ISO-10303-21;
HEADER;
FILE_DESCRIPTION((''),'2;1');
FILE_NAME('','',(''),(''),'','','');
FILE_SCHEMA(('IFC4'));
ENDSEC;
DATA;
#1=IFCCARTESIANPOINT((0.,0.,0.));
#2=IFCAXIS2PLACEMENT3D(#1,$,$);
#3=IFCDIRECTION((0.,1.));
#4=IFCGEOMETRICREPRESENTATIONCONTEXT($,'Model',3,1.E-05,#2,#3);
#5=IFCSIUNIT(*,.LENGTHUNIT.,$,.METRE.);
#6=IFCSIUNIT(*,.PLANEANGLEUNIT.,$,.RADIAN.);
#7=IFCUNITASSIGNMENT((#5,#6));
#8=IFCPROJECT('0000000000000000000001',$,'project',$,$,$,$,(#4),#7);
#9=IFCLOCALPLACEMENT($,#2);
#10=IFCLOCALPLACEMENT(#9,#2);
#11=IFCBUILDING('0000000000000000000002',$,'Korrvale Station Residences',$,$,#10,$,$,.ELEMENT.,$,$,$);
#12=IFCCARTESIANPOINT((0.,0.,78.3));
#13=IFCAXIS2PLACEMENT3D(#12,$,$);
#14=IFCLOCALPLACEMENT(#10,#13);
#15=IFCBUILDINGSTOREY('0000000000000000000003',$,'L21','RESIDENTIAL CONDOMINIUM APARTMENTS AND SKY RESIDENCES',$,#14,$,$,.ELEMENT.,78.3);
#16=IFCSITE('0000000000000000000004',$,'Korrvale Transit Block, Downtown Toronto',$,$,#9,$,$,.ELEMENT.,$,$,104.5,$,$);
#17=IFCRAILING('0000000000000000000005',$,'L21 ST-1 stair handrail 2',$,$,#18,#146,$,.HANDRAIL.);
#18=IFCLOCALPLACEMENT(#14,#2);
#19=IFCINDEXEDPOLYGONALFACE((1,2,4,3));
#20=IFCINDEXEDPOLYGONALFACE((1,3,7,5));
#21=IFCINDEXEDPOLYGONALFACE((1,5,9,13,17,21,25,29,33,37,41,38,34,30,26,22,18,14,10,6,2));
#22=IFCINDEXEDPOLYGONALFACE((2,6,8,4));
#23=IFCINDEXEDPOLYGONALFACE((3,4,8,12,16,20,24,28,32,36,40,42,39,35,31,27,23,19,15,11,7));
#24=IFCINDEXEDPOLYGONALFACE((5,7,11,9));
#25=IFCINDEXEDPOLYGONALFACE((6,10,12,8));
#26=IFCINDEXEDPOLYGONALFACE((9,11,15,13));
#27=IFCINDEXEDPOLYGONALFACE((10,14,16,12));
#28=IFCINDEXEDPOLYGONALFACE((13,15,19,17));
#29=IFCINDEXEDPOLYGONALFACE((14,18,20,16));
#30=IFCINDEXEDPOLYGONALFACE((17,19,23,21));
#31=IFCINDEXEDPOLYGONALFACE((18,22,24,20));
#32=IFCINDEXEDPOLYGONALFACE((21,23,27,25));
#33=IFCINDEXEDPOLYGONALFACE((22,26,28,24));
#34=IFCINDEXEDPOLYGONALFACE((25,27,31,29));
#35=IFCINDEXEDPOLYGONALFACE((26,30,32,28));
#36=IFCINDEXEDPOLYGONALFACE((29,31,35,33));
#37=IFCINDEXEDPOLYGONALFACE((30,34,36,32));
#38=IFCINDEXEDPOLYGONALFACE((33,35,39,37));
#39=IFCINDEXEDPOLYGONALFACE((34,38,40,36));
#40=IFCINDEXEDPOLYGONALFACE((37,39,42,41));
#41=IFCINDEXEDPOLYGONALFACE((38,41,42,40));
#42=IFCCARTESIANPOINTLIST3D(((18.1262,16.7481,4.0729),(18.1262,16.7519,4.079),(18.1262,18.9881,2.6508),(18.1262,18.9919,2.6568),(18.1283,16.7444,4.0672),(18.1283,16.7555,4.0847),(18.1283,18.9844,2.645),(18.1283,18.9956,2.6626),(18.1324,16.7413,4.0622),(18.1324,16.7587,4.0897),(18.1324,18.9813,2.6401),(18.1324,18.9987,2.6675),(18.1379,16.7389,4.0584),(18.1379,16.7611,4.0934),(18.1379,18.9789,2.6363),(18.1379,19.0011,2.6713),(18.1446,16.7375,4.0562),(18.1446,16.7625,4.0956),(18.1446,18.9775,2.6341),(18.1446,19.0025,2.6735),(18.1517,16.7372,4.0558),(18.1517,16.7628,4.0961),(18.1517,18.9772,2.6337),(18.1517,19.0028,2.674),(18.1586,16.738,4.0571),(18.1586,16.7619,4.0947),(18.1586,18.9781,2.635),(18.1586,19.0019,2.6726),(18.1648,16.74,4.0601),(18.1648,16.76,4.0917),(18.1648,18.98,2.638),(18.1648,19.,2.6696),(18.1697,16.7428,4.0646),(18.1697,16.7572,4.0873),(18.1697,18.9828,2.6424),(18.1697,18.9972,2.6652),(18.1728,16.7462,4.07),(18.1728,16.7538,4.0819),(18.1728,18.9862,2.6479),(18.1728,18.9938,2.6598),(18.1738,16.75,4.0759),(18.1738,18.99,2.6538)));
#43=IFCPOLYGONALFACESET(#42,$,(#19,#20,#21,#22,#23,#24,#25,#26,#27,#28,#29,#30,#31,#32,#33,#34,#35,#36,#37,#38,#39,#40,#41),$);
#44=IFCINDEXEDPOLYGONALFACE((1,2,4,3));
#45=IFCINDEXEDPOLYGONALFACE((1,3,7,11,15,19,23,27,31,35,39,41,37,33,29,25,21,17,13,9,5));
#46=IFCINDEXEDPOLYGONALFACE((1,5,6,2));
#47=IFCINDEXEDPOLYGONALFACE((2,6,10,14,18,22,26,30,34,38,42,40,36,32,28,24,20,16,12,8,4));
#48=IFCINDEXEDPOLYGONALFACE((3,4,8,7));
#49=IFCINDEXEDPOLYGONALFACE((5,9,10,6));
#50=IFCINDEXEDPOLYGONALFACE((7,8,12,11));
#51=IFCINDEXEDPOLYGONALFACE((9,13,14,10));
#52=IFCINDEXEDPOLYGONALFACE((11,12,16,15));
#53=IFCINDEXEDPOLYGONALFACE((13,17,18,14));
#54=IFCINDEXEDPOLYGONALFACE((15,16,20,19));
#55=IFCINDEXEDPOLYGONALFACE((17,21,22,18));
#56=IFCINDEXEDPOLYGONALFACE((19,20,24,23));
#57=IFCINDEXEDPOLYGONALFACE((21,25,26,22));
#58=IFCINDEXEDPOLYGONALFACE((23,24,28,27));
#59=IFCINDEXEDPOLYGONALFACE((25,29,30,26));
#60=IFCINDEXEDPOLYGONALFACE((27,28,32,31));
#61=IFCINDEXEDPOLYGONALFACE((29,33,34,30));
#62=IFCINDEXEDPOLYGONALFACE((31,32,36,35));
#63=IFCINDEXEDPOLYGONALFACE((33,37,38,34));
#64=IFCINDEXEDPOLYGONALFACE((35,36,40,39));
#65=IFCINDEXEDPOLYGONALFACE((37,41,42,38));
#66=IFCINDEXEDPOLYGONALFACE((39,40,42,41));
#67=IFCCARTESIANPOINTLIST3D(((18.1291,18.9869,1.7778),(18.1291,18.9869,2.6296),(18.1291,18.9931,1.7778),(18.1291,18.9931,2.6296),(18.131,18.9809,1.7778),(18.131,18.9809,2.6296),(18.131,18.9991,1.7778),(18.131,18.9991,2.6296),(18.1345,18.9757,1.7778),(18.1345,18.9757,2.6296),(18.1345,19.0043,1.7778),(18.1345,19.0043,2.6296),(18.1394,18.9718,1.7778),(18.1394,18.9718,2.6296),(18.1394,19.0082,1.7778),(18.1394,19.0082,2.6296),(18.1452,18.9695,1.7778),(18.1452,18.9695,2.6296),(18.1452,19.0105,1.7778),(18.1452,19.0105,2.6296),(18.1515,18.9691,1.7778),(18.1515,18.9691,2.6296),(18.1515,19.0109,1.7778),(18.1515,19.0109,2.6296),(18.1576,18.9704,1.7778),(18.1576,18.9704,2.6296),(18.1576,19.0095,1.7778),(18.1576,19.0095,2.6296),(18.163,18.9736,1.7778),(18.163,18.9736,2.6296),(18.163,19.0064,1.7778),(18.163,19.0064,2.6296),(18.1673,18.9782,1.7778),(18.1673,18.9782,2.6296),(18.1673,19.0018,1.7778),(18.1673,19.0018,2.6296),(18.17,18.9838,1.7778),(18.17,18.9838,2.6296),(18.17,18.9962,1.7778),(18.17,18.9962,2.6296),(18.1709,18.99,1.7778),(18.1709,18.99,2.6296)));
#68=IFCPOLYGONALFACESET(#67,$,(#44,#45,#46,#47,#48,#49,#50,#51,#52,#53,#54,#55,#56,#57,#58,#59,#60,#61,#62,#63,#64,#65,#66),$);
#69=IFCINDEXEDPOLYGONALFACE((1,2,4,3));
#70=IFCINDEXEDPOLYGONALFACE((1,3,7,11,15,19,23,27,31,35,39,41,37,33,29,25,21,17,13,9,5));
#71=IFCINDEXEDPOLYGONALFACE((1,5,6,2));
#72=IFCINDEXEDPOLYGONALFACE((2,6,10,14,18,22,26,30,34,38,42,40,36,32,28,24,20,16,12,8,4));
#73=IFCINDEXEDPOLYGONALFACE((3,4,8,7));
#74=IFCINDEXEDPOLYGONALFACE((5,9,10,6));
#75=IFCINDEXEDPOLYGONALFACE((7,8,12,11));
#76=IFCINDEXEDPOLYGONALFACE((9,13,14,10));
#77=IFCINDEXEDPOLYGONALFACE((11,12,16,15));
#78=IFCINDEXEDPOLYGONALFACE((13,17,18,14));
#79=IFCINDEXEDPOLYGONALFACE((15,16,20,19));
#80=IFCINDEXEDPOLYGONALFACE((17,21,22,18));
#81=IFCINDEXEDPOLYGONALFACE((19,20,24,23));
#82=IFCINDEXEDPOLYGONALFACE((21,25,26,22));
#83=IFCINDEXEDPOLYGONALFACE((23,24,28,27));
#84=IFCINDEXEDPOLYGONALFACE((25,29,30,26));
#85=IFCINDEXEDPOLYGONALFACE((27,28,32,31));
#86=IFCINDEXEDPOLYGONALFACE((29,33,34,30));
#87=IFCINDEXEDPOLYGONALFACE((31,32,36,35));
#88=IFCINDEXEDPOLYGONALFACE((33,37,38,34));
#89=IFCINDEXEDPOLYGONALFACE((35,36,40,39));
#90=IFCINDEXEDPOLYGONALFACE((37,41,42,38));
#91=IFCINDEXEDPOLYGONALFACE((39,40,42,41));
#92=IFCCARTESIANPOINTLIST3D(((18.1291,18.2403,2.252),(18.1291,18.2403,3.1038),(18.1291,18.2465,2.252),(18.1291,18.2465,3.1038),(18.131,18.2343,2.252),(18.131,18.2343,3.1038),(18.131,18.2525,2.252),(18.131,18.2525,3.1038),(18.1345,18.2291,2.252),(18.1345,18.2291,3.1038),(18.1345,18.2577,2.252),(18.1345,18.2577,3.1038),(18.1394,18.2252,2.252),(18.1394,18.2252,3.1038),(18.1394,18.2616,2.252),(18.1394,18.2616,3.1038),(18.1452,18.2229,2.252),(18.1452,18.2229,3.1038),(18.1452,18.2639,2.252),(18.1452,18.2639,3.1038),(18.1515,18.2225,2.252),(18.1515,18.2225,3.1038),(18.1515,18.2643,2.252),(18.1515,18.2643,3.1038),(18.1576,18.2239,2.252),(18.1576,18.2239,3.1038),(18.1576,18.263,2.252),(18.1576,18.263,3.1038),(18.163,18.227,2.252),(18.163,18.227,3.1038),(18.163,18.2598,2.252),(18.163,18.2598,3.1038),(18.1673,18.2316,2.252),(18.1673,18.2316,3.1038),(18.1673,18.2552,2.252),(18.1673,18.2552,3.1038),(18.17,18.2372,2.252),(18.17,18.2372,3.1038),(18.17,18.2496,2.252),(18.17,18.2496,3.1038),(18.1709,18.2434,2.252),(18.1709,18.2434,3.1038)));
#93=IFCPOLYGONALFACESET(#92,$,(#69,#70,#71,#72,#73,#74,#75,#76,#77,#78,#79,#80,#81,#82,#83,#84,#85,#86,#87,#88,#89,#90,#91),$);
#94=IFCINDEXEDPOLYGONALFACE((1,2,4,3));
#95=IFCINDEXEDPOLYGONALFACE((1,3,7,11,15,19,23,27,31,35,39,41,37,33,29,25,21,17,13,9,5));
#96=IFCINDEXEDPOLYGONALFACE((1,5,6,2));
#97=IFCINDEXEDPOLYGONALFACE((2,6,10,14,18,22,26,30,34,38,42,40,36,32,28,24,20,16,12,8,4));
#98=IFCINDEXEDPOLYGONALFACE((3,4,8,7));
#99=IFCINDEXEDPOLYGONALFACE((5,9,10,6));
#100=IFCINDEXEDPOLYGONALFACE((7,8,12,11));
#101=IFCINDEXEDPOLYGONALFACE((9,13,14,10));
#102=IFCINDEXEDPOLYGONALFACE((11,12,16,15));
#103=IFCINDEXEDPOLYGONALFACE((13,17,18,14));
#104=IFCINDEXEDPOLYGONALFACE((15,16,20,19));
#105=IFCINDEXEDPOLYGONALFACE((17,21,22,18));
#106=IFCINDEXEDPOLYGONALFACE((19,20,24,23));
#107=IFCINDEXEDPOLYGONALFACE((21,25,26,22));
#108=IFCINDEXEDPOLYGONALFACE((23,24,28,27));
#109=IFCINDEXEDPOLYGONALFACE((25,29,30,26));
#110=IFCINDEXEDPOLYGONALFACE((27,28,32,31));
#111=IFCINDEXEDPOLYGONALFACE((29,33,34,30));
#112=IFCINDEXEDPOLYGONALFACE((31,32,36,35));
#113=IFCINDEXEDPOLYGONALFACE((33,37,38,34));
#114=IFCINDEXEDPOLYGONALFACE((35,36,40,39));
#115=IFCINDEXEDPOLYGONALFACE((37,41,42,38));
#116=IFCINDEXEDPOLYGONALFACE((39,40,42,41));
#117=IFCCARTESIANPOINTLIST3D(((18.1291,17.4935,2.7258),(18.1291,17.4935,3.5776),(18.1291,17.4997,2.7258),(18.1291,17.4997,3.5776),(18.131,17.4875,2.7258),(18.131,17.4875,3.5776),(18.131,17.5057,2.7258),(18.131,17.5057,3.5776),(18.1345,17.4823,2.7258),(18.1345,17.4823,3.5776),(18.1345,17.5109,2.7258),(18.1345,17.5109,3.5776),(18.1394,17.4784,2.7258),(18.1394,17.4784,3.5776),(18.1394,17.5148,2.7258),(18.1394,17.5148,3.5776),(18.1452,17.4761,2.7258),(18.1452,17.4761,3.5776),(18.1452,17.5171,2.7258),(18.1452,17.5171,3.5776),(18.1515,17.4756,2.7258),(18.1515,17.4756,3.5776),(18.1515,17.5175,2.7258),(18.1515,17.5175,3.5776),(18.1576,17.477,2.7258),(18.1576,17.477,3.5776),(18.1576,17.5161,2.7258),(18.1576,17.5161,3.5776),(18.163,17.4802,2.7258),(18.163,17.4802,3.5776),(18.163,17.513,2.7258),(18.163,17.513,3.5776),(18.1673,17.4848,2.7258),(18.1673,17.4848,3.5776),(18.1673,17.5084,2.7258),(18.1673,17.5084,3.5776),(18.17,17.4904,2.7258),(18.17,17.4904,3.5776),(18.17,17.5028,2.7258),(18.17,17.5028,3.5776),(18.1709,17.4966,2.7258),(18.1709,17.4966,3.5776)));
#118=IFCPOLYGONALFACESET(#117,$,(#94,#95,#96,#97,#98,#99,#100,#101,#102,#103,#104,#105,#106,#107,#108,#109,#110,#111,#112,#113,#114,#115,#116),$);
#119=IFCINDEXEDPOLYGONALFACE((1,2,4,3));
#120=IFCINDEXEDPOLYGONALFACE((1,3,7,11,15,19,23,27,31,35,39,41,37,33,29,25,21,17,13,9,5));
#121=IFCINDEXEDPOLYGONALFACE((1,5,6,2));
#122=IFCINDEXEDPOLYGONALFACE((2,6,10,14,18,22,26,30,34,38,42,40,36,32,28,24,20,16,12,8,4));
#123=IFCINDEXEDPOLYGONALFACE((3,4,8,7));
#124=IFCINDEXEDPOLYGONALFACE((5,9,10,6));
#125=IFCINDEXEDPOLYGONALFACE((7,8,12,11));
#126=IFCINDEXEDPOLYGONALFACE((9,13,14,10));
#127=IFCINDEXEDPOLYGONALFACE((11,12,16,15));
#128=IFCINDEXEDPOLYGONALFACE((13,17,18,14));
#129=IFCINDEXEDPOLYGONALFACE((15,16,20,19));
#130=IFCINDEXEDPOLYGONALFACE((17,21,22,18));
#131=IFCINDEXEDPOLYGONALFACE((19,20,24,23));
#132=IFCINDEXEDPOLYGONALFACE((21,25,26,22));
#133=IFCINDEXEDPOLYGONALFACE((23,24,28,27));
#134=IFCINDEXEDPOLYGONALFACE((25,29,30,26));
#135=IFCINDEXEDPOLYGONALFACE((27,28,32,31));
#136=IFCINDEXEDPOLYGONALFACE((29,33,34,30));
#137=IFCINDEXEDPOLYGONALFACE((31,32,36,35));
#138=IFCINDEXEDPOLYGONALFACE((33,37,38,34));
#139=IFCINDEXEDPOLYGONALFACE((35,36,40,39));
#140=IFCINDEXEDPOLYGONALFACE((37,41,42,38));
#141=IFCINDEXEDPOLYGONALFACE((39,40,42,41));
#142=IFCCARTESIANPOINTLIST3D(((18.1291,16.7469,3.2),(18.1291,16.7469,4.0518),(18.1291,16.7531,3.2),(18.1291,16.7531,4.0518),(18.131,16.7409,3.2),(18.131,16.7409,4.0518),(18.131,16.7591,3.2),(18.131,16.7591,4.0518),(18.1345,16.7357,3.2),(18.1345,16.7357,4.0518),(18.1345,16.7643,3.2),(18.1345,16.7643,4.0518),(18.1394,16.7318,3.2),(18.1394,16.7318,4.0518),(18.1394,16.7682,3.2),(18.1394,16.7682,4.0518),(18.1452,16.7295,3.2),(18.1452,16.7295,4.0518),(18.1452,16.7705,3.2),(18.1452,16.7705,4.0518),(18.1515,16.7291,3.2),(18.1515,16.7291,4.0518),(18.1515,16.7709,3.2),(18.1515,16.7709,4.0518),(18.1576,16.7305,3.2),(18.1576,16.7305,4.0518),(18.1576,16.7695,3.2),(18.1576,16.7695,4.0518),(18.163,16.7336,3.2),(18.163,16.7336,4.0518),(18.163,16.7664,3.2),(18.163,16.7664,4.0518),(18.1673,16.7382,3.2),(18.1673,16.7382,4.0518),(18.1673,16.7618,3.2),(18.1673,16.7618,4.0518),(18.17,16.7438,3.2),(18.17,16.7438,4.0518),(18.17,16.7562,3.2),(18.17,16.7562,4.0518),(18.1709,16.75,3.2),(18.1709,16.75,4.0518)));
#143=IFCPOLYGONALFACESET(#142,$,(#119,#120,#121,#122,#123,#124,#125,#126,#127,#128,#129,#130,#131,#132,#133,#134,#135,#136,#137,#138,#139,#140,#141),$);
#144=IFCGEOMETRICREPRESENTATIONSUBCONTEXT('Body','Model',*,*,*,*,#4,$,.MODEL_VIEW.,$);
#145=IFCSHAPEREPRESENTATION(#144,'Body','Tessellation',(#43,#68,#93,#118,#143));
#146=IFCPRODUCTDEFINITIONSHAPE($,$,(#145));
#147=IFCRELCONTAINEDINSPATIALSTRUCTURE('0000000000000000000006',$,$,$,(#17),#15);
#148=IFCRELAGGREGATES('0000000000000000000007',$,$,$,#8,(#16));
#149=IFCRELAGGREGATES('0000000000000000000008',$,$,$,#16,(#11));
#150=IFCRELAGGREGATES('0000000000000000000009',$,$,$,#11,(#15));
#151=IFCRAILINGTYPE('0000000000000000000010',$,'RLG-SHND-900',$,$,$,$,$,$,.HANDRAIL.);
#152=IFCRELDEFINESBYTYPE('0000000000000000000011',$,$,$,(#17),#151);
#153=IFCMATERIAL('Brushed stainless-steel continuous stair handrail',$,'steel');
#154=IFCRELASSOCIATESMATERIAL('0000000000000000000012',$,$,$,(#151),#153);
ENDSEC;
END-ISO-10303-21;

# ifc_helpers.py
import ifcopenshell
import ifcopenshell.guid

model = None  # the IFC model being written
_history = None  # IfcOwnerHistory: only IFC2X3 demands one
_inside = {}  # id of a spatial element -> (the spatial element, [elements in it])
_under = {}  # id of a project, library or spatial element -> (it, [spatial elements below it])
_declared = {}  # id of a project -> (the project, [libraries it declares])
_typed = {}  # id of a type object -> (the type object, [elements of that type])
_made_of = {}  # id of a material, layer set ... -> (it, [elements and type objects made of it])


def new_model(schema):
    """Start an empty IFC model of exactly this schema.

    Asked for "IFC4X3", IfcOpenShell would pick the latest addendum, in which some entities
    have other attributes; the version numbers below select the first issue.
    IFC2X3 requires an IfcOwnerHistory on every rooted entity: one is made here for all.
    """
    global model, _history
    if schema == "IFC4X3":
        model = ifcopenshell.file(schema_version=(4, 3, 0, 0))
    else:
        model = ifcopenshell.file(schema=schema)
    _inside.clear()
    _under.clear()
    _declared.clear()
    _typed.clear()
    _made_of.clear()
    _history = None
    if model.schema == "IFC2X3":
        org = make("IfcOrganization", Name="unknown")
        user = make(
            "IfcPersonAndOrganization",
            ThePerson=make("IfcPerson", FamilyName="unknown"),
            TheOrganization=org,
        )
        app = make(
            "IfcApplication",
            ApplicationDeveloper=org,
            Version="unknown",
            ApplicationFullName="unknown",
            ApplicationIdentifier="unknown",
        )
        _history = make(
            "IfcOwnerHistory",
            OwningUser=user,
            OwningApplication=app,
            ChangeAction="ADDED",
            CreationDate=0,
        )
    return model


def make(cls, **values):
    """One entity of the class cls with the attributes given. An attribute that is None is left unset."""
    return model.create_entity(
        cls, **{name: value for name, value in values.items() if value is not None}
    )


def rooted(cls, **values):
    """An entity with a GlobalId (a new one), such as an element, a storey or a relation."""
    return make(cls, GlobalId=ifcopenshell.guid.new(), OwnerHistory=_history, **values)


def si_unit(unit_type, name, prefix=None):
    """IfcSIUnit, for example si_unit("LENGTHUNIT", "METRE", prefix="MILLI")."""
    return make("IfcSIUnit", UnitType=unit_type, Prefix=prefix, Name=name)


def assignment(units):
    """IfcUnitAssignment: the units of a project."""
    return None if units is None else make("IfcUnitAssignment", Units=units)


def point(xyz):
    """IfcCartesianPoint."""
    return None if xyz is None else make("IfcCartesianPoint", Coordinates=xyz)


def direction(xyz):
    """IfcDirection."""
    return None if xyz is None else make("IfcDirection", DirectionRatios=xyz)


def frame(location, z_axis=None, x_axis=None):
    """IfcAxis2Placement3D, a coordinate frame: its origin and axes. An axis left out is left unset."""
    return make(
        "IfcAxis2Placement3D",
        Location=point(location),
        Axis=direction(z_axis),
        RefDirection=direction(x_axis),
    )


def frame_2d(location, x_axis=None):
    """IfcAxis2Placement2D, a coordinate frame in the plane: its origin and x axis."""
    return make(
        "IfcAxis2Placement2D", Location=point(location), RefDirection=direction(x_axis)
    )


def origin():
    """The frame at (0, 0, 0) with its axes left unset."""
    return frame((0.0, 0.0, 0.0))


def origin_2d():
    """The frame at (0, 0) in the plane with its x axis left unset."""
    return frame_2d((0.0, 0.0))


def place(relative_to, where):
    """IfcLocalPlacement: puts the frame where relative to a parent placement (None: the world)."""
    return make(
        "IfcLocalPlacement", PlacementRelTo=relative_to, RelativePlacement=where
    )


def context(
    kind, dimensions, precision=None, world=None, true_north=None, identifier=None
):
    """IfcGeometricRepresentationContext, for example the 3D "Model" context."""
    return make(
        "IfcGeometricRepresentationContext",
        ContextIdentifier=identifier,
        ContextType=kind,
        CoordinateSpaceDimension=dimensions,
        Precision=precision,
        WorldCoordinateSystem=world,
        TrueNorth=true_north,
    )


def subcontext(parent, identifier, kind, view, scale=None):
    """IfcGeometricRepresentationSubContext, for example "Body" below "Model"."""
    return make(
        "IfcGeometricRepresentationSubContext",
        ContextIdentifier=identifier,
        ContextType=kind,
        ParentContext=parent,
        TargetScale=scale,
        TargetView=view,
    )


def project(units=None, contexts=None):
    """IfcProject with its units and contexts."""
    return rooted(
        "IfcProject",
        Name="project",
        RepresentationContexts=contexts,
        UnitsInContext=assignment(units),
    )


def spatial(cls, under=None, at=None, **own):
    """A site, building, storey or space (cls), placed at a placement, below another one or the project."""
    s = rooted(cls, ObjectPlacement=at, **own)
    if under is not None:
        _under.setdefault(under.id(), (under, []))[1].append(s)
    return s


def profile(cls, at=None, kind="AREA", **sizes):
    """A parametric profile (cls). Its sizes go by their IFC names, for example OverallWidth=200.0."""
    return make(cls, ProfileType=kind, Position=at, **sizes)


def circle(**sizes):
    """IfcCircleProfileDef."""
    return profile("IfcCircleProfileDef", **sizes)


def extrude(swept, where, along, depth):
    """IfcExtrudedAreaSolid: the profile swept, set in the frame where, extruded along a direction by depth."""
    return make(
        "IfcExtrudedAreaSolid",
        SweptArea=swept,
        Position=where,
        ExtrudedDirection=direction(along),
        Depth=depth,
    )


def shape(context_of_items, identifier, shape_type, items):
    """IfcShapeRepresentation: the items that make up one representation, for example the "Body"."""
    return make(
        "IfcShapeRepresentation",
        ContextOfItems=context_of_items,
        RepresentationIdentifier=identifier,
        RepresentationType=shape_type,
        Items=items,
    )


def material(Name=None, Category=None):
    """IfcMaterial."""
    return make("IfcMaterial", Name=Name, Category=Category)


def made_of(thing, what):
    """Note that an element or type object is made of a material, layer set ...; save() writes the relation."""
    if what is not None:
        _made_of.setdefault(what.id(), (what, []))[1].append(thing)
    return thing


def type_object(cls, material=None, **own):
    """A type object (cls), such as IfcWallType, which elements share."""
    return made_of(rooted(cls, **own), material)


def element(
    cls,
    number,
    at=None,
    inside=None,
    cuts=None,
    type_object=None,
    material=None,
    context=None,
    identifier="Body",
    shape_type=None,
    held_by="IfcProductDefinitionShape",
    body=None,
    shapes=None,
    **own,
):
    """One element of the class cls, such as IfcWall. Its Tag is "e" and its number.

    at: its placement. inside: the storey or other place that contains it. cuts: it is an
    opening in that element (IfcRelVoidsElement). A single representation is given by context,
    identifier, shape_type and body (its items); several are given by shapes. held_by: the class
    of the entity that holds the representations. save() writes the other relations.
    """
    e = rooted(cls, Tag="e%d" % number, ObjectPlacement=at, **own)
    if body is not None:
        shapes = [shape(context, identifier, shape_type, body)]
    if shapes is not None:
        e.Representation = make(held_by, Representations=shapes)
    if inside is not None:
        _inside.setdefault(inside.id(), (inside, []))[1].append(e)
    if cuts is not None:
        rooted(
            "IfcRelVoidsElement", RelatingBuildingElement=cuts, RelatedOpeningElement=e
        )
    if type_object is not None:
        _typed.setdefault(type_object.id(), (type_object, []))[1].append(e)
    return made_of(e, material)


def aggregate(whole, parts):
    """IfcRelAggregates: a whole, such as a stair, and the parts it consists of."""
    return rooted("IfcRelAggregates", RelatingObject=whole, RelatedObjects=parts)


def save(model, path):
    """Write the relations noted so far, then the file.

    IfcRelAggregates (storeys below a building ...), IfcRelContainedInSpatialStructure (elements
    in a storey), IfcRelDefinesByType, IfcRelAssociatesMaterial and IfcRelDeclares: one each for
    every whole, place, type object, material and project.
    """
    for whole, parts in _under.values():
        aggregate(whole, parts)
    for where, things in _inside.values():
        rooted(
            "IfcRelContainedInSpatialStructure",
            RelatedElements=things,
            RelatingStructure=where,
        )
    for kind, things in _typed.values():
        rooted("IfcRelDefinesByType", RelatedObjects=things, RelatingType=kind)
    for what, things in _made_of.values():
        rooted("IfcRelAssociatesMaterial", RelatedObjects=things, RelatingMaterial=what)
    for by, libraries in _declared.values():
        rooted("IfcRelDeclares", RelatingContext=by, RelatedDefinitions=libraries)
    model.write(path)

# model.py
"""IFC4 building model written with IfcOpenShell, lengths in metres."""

from ifc_helpers import new_model, si_unit, direction, frame, origin, origin_2d, place, context, subcontext, project, spatial, circle, extrude, material, type_object, element, save


model = new_model("IFC4")

# Units and contexts
model_context = context("Model", 3, precision=1e-05, world=origin(), true_north=direction((0.0, 1.0)))
body_context = subcontext(model_context, "Body", "Model", "MODEL_VIEW")
ifc_project = project(units=[si_unit("LENGTHUNIT", "METRE"), si_unit("PLANEANGLEUNIT", "RADIAN")], contexts=[model_context])

# Site, building, storey
site_placement = place(None, origin())
site = spatial("IfcSite", under=ifc_project, at=site_placement, Name="Korrvale Transit Block, Downtown Toronto", CompositionType="ELEMENT", RefElevation=104.5)
building_placement = place(site_placement, origin())
building = spatial("IfcBuilding", under=site, at=building_placement, Name="Korrvale Station Residences", CompositionType="ELEMENT")
storey_placement = place(building_placement, frame((0.0, 0.0, 78.3)))
storey = spatial("IfcBuildingStorey", under=building, at=storey_placement, Name="L21", Description="RESIDENTIAL CONDOMINIUM APARTMENTS AND SKY RESIDENCES", CompositionType="ELEMENT", Elevation=78.3)

# Railing
ifc_material_1 = material(Name="Brushed stainless-steel continuous stair handrail", Category="steel")
railing_type_1 = type_object("IfcRailingType", Name="RLG-SHND-900", PredefinedType="HANDRAIL", material=ifc_material_1)
railing_1_placement = place(storey_placement, frame((18.1499, 18.99, 1.7778)))
element("IfcRailing", 1, at=railing_1_placement, inside=storey, type_object=railing_type_1, Name="L21 ST-1 stair handrail 2", PredefinedType="HANDRAIL", context=body_context, shape_type="SweptSolid", body=[
    extrude(circle(Radius=0.0239, at=origin_2d()), frame((0.0, 0.0, 0.876), z_axis=(0.0, -0.844229, 0.535982), x_axis=(1.0, 0.0, 0.0)), (0.0, 0.0, 1.0), 2.6533),
    extrude(circle(Radius=0.021, at=origin_2d()), origin(), (0.0, 0.0, 1.0), 0.8518),
    extrude(circle(Radius=0.021, at=origin_2d()), frame((0.0, -0.7466, 0.4741)), (0.0, 0.0, 1.0), 0.8518),
    extrude(circle(Radius=0.021, at=origin_2d()), frame((0.0, -1.4934, 0.948)), (0.0, 0.0, 1.0), 0.8518),
    extrude(circle(Radius=0.021, at=origin_2d()), frame((0.0, -2.24, 1.4221)), (0.0, 0.0, 1.0), 0.8518),
])

save(model, "model.ifc")
